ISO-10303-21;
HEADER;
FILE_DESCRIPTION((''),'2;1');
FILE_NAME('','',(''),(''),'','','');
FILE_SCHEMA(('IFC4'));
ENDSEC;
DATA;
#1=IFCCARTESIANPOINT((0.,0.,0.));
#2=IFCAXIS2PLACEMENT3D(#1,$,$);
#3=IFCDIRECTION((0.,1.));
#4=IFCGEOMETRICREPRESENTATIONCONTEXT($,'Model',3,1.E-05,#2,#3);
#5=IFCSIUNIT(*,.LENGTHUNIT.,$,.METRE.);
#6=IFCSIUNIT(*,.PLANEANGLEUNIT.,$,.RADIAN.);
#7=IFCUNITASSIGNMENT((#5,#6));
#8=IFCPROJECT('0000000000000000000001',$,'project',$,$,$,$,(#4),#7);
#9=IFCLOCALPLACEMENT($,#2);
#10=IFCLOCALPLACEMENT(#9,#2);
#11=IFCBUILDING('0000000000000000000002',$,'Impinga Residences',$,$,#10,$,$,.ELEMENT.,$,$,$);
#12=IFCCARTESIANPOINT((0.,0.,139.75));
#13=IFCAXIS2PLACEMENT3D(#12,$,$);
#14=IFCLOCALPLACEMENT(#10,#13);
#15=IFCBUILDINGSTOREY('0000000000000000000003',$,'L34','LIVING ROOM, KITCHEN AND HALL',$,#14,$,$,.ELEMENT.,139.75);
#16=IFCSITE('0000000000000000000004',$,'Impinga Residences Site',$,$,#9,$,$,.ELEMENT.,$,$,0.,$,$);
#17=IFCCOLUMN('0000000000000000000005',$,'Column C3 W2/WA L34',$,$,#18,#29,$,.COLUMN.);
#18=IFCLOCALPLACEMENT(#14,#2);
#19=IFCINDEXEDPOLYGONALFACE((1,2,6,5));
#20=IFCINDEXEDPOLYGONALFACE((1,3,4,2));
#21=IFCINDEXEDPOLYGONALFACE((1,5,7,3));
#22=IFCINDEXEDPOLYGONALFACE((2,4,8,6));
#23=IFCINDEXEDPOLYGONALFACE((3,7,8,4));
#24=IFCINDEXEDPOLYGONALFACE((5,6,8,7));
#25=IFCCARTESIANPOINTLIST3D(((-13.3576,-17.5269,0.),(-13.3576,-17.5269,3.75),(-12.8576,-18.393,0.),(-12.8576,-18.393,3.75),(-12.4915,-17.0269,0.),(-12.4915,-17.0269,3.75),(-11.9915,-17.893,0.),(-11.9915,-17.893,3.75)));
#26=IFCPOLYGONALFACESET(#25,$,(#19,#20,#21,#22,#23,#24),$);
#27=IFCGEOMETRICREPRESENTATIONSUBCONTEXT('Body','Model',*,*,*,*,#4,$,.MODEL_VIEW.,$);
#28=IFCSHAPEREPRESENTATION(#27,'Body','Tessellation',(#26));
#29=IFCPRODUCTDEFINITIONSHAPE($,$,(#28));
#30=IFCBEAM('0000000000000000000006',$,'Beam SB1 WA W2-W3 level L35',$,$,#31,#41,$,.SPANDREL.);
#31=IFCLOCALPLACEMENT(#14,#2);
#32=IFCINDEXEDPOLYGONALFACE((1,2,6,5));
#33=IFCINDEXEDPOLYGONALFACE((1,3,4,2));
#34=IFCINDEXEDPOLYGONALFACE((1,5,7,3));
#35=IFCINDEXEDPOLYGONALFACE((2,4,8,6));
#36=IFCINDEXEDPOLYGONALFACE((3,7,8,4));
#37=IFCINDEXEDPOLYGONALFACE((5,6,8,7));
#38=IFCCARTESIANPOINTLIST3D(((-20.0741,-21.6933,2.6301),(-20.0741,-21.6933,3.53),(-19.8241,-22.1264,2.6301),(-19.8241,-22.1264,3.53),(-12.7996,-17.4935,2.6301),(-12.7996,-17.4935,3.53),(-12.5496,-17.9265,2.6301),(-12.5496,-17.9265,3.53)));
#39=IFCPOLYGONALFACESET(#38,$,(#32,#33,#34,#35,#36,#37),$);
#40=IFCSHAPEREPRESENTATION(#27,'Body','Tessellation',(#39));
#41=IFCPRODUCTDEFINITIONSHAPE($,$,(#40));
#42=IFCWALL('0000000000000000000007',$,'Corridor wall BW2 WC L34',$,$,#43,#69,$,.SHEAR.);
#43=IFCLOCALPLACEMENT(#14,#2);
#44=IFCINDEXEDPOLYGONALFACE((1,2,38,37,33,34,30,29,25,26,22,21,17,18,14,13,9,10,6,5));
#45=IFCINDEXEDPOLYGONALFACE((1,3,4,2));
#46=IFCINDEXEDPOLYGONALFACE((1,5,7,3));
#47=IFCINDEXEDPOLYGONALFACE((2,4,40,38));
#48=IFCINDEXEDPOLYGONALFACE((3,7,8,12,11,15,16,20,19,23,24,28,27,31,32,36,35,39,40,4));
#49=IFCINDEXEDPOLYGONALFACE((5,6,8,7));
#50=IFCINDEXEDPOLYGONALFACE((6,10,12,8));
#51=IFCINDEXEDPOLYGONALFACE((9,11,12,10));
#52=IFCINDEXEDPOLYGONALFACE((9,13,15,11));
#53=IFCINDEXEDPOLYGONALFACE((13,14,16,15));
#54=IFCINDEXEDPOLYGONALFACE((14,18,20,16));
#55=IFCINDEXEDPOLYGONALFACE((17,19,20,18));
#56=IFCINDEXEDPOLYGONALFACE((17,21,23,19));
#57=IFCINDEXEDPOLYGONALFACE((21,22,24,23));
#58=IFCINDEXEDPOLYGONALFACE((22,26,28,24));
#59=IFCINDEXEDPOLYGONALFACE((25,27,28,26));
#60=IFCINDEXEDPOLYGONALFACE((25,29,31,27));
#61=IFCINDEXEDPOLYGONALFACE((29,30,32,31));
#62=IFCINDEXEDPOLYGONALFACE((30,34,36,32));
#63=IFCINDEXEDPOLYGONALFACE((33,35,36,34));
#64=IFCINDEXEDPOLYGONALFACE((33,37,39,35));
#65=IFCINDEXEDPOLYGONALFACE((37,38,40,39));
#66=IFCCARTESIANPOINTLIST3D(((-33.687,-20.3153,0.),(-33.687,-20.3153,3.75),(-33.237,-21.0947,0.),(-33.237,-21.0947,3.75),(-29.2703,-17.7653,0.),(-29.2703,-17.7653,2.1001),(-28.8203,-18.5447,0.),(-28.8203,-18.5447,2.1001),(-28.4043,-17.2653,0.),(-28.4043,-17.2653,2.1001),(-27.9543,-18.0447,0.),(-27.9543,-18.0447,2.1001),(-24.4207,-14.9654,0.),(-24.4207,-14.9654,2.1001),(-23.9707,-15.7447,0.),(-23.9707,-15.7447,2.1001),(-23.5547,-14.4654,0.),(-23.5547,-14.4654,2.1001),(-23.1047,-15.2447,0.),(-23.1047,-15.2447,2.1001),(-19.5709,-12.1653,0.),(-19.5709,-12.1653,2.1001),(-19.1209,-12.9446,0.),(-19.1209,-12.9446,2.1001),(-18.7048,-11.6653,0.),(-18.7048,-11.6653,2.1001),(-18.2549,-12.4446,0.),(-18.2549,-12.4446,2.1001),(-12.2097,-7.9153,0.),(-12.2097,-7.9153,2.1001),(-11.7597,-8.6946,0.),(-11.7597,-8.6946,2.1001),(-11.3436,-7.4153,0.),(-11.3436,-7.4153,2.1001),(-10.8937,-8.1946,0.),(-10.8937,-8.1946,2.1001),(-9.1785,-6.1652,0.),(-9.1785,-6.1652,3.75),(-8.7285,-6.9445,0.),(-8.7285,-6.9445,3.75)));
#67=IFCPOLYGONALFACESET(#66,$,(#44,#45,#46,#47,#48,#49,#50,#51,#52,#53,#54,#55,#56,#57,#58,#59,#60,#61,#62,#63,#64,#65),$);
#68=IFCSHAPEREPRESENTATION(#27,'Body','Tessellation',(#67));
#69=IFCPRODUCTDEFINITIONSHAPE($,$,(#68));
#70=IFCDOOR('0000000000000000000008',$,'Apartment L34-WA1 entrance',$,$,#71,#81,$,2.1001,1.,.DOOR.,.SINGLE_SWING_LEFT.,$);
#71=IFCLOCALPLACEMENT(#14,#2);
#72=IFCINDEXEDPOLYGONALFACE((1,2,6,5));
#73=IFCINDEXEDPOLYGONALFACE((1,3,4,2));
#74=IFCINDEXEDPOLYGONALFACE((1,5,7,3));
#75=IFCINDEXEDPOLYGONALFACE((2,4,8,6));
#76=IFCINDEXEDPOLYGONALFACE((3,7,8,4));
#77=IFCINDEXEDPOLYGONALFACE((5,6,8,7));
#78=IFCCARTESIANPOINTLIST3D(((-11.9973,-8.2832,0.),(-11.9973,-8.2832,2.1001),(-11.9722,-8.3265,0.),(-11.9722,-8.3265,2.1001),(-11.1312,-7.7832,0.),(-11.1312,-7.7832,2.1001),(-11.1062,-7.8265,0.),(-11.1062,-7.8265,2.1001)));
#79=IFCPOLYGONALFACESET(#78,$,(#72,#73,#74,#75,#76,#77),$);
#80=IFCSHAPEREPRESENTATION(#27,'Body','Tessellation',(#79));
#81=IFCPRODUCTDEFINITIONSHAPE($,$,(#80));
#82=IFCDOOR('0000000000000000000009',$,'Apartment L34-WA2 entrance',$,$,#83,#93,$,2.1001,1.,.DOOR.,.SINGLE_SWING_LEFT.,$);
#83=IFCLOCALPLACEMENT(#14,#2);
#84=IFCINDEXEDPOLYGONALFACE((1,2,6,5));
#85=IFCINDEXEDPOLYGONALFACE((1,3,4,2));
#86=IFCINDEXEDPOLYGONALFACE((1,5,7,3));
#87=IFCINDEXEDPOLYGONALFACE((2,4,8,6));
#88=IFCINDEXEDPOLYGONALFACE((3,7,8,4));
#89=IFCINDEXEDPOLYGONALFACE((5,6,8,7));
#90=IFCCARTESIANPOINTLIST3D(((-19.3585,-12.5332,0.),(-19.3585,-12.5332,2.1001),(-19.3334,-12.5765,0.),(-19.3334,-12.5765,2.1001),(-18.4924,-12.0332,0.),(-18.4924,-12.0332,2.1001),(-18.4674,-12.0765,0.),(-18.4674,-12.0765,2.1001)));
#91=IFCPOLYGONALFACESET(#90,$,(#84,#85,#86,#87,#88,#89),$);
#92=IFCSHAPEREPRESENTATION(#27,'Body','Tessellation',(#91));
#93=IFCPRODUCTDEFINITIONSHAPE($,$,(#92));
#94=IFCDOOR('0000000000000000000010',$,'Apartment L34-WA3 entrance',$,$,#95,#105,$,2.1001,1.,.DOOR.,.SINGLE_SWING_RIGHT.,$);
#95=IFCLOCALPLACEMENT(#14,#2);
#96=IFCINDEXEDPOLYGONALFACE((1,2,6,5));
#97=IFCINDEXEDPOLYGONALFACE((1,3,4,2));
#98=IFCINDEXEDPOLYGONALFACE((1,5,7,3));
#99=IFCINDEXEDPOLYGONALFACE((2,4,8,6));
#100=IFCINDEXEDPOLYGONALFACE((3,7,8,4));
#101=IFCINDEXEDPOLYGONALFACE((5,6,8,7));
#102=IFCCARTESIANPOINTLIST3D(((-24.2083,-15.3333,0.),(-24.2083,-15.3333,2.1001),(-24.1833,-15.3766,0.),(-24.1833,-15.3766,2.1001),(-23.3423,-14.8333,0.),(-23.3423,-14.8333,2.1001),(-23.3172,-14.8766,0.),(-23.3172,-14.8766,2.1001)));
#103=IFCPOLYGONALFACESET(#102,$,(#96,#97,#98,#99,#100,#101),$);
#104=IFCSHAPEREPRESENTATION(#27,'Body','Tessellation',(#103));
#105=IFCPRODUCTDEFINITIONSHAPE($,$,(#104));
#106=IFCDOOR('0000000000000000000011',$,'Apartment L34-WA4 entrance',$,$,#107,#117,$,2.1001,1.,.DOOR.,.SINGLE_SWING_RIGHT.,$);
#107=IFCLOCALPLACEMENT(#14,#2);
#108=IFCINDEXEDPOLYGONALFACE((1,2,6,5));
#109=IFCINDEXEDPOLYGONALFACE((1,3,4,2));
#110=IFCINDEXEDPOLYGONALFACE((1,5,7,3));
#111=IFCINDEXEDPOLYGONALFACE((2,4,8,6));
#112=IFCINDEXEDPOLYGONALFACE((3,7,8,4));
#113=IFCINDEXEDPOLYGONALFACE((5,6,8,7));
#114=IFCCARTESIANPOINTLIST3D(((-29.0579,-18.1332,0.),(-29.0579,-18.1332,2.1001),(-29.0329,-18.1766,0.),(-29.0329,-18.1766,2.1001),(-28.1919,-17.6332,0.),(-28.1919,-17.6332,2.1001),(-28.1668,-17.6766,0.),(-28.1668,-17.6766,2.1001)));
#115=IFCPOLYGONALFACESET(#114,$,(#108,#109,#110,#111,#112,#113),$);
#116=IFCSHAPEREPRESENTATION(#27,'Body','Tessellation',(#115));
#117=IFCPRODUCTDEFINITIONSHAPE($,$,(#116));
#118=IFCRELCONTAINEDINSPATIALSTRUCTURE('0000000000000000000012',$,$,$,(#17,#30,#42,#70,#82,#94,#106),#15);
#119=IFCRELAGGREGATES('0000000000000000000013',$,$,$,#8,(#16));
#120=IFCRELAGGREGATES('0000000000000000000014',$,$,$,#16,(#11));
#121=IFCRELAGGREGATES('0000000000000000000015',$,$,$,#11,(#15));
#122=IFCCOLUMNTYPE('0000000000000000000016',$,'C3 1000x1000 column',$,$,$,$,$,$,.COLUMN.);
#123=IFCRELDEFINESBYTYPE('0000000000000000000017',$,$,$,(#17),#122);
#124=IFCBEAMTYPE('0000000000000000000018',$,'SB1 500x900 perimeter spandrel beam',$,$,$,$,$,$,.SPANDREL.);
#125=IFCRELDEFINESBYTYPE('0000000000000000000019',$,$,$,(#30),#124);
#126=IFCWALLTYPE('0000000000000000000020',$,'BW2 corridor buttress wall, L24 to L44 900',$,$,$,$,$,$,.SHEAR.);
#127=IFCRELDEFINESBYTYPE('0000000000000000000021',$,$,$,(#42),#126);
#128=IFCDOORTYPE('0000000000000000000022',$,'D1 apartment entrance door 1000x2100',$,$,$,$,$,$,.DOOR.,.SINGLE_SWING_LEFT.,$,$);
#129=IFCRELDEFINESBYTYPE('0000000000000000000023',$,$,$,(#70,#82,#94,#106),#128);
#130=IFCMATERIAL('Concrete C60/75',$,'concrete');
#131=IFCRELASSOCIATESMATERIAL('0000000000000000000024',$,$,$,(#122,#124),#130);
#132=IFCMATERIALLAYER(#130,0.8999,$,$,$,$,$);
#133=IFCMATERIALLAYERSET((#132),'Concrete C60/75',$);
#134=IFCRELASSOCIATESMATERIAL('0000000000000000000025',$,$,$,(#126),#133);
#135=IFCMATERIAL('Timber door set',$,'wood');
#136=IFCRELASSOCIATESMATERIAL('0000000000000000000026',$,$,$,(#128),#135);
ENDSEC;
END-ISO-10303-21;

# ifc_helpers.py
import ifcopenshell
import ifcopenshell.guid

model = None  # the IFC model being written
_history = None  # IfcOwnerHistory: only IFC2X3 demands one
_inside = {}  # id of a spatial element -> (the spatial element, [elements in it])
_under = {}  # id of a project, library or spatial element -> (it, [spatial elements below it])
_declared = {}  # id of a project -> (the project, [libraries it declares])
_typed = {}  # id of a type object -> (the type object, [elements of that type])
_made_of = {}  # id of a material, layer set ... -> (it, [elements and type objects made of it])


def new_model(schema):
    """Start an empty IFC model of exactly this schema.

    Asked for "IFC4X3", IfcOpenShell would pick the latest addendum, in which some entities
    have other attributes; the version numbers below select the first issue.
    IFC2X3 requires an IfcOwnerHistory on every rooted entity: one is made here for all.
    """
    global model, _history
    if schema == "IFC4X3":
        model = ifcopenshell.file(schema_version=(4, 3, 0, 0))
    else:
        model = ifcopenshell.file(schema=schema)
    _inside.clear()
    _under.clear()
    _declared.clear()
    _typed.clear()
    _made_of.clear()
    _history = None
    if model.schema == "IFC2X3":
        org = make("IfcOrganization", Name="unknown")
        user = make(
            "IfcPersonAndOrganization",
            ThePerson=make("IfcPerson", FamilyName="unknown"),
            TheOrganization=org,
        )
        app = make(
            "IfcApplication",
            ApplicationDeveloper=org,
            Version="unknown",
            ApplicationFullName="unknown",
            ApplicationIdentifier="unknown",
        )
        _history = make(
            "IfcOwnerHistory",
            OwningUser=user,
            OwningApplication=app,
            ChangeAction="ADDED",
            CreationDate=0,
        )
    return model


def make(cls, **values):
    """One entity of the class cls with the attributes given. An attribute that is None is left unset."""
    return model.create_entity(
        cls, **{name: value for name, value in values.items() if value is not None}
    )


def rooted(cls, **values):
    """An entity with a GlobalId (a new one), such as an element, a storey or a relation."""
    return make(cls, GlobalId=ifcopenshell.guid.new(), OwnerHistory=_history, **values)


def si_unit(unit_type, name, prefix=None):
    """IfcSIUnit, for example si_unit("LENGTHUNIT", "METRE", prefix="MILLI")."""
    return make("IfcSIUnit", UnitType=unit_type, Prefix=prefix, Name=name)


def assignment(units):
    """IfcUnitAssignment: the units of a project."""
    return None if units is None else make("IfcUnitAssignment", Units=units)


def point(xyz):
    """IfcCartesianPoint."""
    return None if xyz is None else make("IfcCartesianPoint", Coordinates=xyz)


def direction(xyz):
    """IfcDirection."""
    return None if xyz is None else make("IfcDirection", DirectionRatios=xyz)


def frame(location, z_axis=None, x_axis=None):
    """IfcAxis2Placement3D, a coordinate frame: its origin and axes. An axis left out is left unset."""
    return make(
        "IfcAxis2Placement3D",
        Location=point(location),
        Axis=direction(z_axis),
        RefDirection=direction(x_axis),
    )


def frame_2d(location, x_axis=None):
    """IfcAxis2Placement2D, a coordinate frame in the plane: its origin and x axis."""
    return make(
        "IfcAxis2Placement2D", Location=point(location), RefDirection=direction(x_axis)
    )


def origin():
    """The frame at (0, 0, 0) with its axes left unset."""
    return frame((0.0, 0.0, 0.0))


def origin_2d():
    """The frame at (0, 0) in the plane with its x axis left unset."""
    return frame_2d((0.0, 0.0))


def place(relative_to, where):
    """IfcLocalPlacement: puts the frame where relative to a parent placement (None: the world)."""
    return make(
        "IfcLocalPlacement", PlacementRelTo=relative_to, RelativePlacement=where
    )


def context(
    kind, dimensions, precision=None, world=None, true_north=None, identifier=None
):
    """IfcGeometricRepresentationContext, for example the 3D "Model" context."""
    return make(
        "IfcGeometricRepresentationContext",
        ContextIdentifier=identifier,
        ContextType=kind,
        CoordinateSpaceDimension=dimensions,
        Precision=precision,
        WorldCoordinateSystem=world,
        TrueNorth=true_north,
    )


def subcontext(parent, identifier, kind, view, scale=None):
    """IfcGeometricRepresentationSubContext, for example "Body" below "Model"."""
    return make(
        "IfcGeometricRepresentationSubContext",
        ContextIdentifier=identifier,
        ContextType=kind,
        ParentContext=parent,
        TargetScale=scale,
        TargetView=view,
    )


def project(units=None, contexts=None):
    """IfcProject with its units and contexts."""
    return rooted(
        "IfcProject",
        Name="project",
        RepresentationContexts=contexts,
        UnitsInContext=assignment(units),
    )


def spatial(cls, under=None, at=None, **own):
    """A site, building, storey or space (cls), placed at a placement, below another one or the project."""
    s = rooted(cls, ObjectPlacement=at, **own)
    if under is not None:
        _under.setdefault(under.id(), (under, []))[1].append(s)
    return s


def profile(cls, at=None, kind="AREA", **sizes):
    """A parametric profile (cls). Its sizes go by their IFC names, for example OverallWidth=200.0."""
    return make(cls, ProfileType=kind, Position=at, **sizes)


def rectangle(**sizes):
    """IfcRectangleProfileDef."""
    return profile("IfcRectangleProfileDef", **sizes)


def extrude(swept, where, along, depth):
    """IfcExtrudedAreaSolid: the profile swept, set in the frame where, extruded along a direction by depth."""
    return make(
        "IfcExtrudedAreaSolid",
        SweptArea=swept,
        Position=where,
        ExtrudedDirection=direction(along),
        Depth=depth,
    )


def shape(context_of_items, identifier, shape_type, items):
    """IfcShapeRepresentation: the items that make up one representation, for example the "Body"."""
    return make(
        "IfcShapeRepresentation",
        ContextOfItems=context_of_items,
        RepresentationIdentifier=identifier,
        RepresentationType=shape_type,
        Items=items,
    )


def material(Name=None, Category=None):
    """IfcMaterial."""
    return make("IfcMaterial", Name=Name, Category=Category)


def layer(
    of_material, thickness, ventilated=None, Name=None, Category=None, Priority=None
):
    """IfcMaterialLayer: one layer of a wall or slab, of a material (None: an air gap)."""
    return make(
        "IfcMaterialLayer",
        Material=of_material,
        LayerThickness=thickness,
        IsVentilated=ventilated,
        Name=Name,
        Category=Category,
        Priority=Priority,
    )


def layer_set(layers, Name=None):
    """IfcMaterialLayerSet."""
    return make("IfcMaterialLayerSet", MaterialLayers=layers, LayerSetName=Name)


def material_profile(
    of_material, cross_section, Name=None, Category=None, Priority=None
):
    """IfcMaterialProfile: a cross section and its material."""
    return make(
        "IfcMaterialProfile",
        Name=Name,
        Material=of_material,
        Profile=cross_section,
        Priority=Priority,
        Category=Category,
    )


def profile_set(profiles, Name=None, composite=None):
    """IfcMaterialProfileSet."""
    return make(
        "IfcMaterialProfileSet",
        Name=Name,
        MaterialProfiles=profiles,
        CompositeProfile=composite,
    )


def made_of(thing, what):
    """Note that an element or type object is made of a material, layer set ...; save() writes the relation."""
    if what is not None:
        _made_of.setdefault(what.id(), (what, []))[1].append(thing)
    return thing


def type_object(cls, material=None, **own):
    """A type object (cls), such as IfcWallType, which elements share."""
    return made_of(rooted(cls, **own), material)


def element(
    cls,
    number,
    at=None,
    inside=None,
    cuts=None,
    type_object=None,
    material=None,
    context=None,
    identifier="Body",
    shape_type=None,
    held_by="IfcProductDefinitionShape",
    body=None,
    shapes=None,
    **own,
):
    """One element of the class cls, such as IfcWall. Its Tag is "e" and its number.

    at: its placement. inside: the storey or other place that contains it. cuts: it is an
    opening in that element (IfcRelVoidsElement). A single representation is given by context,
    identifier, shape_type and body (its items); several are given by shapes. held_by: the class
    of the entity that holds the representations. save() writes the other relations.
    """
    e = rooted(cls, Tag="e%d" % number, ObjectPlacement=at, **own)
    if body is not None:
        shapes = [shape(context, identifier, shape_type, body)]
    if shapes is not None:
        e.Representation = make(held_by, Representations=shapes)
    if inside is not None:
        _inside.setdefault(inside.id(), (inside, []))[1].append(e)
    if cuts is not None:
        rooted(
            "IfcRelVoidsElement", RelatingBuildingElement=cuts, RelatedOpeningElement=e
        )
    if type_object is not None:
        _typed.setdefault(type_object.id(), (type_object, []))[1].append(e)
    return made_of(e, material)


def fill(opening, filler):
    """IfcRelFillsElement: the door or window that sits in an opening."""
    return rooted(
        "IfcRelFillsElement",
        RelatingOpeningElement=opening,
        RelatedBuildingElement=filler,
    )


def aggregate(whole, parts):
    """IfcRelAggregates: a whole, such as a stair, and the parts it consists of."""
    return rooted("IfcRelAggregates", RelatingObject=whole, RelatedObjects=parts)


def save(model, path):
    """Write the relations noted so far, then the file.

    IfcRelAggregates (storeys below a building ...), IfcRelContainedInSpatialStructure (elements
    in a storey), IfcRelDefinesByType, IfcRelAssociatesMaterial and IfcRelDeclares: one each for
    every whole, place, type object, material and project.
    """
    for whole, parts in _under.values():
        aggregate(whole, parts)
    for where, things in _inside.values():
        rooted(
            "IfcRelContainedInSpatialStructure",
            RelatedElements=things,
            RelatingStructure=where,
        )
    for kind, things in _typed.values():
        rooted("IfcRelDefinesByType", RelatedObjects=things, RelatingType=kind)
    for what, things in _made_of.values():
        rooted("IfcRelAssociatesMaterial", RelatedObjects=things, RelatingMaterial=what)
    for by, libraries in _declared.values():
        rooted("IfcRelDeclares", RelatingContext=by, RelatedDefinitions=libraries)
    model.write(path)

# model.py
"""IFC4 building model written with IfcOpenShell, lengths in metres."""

from ifc_helpers import new_model, si_unit, direction, frame, frame_2d, origin, origin_2d, place, context, subcontext, project, spatial, rectangle, extrude, material, layer, layer_set, material_profile, profile_set, type_object, element, fill, save


model = new_model("IFC4")

# Units and contexts
model_context = context("Model", 3, precision=1e-05, world=origin(), true_north=direction((0.0, 1.0)))
body_context = subcontext(model_context, "Body", "Model", "MODEL_VIEW")
ifc_project = project(units=[si_unit("LENGTHUNIT", "METRE"), si_unit("PLANEANGLEUNIT", "RADIAN")], contexts=[model_context])

# Site, building, storey
site_placement = place(None, origin())
site = spatial("IfcSite", under=ifc_project, at=site_placement, Name="Impinga Residences Site", CompositionType="ELEMENT", RefElevation=0.0)
building_placement = place(site_placement, origin())
building = spatial("IfcBuilding", under=site, at=building_placement, Name="Impinga Residences", CompositionType="ELEMENT")
storey_placement = place(building_placement, frame((0.0, 0.0, 139.75)))
storey = spatial("IfcBuildingStorey", under=building, at=storey_placement, Name="L34", Description="LIVING ROOM, KITCHEN AND HALL", CompositionType="ELEMENT", Elevation=139.75)

# Column
ifc_material_1 = material(Name="Concrete C60/75", Category="concrete")
ifc_material_profile_1 = material_profile(ifc_material_1, rectangle(XDim=1.0, YDim=1.0, at=origin_2d()), Name="RC 1000x1000")
ifc_profile_set_1 = profile_set([ifc_material_profile_1], Name="Concrete C60/75")
column_type = type_object("IfcColumnType", Name="C3 1000x1000 column", PredefinedType="COLUMN", material=ifc_profile_set_1)
column_placement = place(storey_placement, frame((-12.6746, -17.71, 0.0), z_axis=(0.0, 0.0, 1.0), x_axis=(-0.5, 0.866025, 0.0)))
element("IfcColumn", 1, at=column_placement, inside=storey, type_object=column_type, Name="Column C3 W2/WA L34", PredefinedType="COLUMN", context=body_context, shape_type="SweptSolid", body=[
    extrude(rectangle(XDim=1.0, YDim=1.0, at=origin_2d()), origin(), (0.0, 0.0, 1.0), 3.75),
])

# Beam
ifc_material_profile_2 = material_profile(ifc_material_1, rectangle(XDim=0.5, YDim=0.8999, at=origin_2d()), Name="RC 500x900")
ifc_profile_set_2 = profile_set([ifc_material_profile_2], Name="Concrete C60/75")
beam_type = type_object("IfcBeamType", Name="SB1 500x900 perimeter spandrel beam", PredefinedType="SPANDREL", material=ifc_profile_set_2)
beam_placement = place(storey_placement, frame((-12.6746, -17.71, 3.0801), z_axis=(-0.866029, -0.499993, 0.0), x_axis=(0.499993, -0.866029, 0.0)))
element("IfcBeam", 2, at=beam_placement, inside=storey, type_object=beam_type, Name="Beam SB1 WA W2-W3 level L35", PredefinedType="SPANDREL", context=body_context, shape_type="SweptSolid", body=[
    extrude(rectangle(XDim=0.5, YDim=0.8999, at=origin_2d()), origin(), (0.0, 0.0, 1.0), 8.3999),
])

# Wall, openings, doors
ifc_layer_1 = layer(ifc_material_1, 0.8999)
ifc_layer_set_1 = layer_set([ifc_layer_1], Name="Concrete C60/75")
wall_type_1 = type_object("IfcWallType", Name="BW2 corridor buttress wall, L24 to L44 900", PredefinedType="SHEAR", material=ifc_layer_set_1)
wall_1_placement = place(storey_placement, frame((-8.9536, -6.5549, 0.0), z_axis=(0.0, 0.0, 1.0), x_axis=(-0.866023, -0.500003, 0.0)))
wall_1 = element("IfcWall", 3, at=wall_1_placement, inside=storey, type_object=wall_type_1, Name="Corridor wall BW2 WC L34", PredefinedType="SHEAR", context=body_context, shape_type="SweptSolid", body=[
    extrude(rectangle(XDim=28.3, YDim=0.8999, at=frame_2d((14.1499, 0.0))), origin(), (0.0, 0.0, 1.0), 3.75),
])
opening_1_placement = place(wall_1_placement, frame((2.5, 0.0, 0.0)))
opening_1 = element("IfcOpeningElement", 4, at=opening_1_placement, cuts=wall_1, PredefinedType="OPENING", context=body_context, shape_type="SweptSolid", body=[
    extrude(rectangle(XDim=1.0, YDim=2.1001, at=frame_2d((0.5, 1.05))), frame((0.0, 0.46, 0.0), z_axis=(0.0, -1.0, 0.0), x_axis=(1.0, 0.0, 0.0)), (0.0, 0.0, 1.0), 0.9199),
])
opening_2_placement = place(wall_1_placement, frame((11.0, 0.0, 0.0)))
opening_2 = element("IfcOpeningElement", 5, at=opening_2_placement, cuts=wall_1, PredefinedType="OPENING", context=body_context, shape_type="SweptSolid", body=[
    extrude(rectangle(XDim=1.0, YDim=2.1001, at=frame_2d((0.5, 1.05))), frame((0.0, 0.46, 0.0), z_axis=(0.0, -1.0, 0.0), x_axis=(1.0, 0.0, 0.0)), (0.0, 0.0, 1.0), 0.9199),
])
opening_3_placement = place(wall_1_placement, frame((16.6001, 0.0, 0.0)))
opening_3 = element("IfcOpeningElement", 6, at=opening_3_placement, cuts=wall_1, PredefinedType="OPENING", context=body_context, shape_type="SweptSolid", body=[
    extrude(rectangle(XDim=1.0, YDim=2.1001, at=frame_2d((0.5, 1.05))), frame((0.0, 0.46, 0.0), z_axis=(0.0, -1.0, 0.0), x_axis=(1.0, 0.0, 0.0)), (0.0, 0.0, 1.0), 0.9199),
])
opening_4_placement = place(wall_1_placement, frame((22.2, 0.0, 0.0)))
opening_4 = element("IfcOpeningElement", 7, at=opening_4_placement, cuts=wall_1, PredefinedType="OPENING", context=body_context, shape_type="SweptSolid", body=[
    extrude(rectangle(XDim=1.0, YDim=2.1001, at=frame_2d((0.5, 1.05))), frame((0.0, 0.46, 0.0), z_axis=(0.0, -1.0, 0.0), x_axis=(1.0, 0.0, 0.0)), (0.0, 0.0, 1.0), 0.9199),
])
ifc_material_2 = material(Name="Timber door set", Category="wood")
door_type_1 = type_object("IfcDoorType", Name="D1 apartment entrance door 1000x2100", OperationType="SINGLE_SWING_LEFT", PredefinedType="DOOR", material=ifc_material_2)
door_1_placement = place(opening_1_placement, origin())
door_1 = element("IfcDoor", 8, at=door_1_placement, inside=storey, type_object=door_type_1, Name="Apartment L34-WA1 entrance", OperationType="SINGLE_SWING_LEFT", OverallHeight=2.1001, OverallWidth=1.0, PredefinedType="DOOR", context=body_context, shape_type="SweptSolid", body=[
    extrude(rectangle(XDim=1.0, YDim=2.1001, at=frame_2d((0.5, 1.05))), frame((0.0, 0.0249, 0.0), z_axis=(0.0, -1.0, 0.0), x_axis=(1.0, 0.0, 0.0)), (0.0, 0.0, 1.0), 0.05),
])
fill(opening_1, door_1)
door_2_placement = place(opening_2_placement, origin())
door_2 = element("IfcDoor", 9, at=door_2_placement, inside=storey, type_object=door_type_1, Name="Apartment L34-WA2 entrance", OperationType="SINGLE_SWING_LEFT", OverallHeight=2.1001, OverallWidth=1.0, PredefinedType="DOOR", context=body_context, shape_type="SweptSolid", body=[
    extrude(rectangle(XDim=1.0, YDim=2.1001, at=frame_2d((0.5, 1.05))), frame((0.0, 0.0249, 0.0), z_axis=(0.0, -1.0, 0.0), x_axis=(1.0, 0.0, 0.0)), (0.0, 0.0, 1.0), 0.05),
])
fill(opening_2, door_2)
door_3_placement = place(opening_3_placement, origin())
door_3 = element("IfcDoor", 10, at=door_3_placement, inside=storey, type_object=door_type_1, Name="Apartment L34-WA3 entrance", OperationType="SINGLE_SWING_RIGHT", OverallHeight=2.1001, OverallWidth=1.0, PredefinedType="DOOR", context=body_context, shape_type="SweptSolid", body=[
    extrude(rectangle(XDim=1.0, YDim=2.1001, at=frame_2d((0.5, 1.05))), frame((0.0, 0.0249, 0.0), z_axis=(0.0, -1.0, 0.0), x_axis=(1.0, 0.0, 0.0)), (0.0, 0.0, 1.0), 0.05),
])
fill(opening_3, door_3)
door_4_placement = place(opening_4_placement, origin())
door_4 = element("IfcDoor", 11, at=door_4_placement, inside=storey, type_object=door_type_1, Name="Apartment L34-WA4 entrance", OperationType="SINGLE_SWING_RIGHT", OverallHeight=2.1001, OverallWidth=1.0, PredefinedType="DOOR", context=body_context, shape_type="SweptSolid", body=[
    extrude(rectangle(XDim=1.0, YDim=2.1001, at=frame_2d((0.5, 1.05))), frame((0.0, 0.0249, 0.0), z_axis=(0.0, -1.0, 0.0), x_axis=(1.0, 0.0, 0.0)), (0.0, 0.0, 1.0), 0.05),
])
fill(opening_4, door_4)

save(model, "model.ifc")
